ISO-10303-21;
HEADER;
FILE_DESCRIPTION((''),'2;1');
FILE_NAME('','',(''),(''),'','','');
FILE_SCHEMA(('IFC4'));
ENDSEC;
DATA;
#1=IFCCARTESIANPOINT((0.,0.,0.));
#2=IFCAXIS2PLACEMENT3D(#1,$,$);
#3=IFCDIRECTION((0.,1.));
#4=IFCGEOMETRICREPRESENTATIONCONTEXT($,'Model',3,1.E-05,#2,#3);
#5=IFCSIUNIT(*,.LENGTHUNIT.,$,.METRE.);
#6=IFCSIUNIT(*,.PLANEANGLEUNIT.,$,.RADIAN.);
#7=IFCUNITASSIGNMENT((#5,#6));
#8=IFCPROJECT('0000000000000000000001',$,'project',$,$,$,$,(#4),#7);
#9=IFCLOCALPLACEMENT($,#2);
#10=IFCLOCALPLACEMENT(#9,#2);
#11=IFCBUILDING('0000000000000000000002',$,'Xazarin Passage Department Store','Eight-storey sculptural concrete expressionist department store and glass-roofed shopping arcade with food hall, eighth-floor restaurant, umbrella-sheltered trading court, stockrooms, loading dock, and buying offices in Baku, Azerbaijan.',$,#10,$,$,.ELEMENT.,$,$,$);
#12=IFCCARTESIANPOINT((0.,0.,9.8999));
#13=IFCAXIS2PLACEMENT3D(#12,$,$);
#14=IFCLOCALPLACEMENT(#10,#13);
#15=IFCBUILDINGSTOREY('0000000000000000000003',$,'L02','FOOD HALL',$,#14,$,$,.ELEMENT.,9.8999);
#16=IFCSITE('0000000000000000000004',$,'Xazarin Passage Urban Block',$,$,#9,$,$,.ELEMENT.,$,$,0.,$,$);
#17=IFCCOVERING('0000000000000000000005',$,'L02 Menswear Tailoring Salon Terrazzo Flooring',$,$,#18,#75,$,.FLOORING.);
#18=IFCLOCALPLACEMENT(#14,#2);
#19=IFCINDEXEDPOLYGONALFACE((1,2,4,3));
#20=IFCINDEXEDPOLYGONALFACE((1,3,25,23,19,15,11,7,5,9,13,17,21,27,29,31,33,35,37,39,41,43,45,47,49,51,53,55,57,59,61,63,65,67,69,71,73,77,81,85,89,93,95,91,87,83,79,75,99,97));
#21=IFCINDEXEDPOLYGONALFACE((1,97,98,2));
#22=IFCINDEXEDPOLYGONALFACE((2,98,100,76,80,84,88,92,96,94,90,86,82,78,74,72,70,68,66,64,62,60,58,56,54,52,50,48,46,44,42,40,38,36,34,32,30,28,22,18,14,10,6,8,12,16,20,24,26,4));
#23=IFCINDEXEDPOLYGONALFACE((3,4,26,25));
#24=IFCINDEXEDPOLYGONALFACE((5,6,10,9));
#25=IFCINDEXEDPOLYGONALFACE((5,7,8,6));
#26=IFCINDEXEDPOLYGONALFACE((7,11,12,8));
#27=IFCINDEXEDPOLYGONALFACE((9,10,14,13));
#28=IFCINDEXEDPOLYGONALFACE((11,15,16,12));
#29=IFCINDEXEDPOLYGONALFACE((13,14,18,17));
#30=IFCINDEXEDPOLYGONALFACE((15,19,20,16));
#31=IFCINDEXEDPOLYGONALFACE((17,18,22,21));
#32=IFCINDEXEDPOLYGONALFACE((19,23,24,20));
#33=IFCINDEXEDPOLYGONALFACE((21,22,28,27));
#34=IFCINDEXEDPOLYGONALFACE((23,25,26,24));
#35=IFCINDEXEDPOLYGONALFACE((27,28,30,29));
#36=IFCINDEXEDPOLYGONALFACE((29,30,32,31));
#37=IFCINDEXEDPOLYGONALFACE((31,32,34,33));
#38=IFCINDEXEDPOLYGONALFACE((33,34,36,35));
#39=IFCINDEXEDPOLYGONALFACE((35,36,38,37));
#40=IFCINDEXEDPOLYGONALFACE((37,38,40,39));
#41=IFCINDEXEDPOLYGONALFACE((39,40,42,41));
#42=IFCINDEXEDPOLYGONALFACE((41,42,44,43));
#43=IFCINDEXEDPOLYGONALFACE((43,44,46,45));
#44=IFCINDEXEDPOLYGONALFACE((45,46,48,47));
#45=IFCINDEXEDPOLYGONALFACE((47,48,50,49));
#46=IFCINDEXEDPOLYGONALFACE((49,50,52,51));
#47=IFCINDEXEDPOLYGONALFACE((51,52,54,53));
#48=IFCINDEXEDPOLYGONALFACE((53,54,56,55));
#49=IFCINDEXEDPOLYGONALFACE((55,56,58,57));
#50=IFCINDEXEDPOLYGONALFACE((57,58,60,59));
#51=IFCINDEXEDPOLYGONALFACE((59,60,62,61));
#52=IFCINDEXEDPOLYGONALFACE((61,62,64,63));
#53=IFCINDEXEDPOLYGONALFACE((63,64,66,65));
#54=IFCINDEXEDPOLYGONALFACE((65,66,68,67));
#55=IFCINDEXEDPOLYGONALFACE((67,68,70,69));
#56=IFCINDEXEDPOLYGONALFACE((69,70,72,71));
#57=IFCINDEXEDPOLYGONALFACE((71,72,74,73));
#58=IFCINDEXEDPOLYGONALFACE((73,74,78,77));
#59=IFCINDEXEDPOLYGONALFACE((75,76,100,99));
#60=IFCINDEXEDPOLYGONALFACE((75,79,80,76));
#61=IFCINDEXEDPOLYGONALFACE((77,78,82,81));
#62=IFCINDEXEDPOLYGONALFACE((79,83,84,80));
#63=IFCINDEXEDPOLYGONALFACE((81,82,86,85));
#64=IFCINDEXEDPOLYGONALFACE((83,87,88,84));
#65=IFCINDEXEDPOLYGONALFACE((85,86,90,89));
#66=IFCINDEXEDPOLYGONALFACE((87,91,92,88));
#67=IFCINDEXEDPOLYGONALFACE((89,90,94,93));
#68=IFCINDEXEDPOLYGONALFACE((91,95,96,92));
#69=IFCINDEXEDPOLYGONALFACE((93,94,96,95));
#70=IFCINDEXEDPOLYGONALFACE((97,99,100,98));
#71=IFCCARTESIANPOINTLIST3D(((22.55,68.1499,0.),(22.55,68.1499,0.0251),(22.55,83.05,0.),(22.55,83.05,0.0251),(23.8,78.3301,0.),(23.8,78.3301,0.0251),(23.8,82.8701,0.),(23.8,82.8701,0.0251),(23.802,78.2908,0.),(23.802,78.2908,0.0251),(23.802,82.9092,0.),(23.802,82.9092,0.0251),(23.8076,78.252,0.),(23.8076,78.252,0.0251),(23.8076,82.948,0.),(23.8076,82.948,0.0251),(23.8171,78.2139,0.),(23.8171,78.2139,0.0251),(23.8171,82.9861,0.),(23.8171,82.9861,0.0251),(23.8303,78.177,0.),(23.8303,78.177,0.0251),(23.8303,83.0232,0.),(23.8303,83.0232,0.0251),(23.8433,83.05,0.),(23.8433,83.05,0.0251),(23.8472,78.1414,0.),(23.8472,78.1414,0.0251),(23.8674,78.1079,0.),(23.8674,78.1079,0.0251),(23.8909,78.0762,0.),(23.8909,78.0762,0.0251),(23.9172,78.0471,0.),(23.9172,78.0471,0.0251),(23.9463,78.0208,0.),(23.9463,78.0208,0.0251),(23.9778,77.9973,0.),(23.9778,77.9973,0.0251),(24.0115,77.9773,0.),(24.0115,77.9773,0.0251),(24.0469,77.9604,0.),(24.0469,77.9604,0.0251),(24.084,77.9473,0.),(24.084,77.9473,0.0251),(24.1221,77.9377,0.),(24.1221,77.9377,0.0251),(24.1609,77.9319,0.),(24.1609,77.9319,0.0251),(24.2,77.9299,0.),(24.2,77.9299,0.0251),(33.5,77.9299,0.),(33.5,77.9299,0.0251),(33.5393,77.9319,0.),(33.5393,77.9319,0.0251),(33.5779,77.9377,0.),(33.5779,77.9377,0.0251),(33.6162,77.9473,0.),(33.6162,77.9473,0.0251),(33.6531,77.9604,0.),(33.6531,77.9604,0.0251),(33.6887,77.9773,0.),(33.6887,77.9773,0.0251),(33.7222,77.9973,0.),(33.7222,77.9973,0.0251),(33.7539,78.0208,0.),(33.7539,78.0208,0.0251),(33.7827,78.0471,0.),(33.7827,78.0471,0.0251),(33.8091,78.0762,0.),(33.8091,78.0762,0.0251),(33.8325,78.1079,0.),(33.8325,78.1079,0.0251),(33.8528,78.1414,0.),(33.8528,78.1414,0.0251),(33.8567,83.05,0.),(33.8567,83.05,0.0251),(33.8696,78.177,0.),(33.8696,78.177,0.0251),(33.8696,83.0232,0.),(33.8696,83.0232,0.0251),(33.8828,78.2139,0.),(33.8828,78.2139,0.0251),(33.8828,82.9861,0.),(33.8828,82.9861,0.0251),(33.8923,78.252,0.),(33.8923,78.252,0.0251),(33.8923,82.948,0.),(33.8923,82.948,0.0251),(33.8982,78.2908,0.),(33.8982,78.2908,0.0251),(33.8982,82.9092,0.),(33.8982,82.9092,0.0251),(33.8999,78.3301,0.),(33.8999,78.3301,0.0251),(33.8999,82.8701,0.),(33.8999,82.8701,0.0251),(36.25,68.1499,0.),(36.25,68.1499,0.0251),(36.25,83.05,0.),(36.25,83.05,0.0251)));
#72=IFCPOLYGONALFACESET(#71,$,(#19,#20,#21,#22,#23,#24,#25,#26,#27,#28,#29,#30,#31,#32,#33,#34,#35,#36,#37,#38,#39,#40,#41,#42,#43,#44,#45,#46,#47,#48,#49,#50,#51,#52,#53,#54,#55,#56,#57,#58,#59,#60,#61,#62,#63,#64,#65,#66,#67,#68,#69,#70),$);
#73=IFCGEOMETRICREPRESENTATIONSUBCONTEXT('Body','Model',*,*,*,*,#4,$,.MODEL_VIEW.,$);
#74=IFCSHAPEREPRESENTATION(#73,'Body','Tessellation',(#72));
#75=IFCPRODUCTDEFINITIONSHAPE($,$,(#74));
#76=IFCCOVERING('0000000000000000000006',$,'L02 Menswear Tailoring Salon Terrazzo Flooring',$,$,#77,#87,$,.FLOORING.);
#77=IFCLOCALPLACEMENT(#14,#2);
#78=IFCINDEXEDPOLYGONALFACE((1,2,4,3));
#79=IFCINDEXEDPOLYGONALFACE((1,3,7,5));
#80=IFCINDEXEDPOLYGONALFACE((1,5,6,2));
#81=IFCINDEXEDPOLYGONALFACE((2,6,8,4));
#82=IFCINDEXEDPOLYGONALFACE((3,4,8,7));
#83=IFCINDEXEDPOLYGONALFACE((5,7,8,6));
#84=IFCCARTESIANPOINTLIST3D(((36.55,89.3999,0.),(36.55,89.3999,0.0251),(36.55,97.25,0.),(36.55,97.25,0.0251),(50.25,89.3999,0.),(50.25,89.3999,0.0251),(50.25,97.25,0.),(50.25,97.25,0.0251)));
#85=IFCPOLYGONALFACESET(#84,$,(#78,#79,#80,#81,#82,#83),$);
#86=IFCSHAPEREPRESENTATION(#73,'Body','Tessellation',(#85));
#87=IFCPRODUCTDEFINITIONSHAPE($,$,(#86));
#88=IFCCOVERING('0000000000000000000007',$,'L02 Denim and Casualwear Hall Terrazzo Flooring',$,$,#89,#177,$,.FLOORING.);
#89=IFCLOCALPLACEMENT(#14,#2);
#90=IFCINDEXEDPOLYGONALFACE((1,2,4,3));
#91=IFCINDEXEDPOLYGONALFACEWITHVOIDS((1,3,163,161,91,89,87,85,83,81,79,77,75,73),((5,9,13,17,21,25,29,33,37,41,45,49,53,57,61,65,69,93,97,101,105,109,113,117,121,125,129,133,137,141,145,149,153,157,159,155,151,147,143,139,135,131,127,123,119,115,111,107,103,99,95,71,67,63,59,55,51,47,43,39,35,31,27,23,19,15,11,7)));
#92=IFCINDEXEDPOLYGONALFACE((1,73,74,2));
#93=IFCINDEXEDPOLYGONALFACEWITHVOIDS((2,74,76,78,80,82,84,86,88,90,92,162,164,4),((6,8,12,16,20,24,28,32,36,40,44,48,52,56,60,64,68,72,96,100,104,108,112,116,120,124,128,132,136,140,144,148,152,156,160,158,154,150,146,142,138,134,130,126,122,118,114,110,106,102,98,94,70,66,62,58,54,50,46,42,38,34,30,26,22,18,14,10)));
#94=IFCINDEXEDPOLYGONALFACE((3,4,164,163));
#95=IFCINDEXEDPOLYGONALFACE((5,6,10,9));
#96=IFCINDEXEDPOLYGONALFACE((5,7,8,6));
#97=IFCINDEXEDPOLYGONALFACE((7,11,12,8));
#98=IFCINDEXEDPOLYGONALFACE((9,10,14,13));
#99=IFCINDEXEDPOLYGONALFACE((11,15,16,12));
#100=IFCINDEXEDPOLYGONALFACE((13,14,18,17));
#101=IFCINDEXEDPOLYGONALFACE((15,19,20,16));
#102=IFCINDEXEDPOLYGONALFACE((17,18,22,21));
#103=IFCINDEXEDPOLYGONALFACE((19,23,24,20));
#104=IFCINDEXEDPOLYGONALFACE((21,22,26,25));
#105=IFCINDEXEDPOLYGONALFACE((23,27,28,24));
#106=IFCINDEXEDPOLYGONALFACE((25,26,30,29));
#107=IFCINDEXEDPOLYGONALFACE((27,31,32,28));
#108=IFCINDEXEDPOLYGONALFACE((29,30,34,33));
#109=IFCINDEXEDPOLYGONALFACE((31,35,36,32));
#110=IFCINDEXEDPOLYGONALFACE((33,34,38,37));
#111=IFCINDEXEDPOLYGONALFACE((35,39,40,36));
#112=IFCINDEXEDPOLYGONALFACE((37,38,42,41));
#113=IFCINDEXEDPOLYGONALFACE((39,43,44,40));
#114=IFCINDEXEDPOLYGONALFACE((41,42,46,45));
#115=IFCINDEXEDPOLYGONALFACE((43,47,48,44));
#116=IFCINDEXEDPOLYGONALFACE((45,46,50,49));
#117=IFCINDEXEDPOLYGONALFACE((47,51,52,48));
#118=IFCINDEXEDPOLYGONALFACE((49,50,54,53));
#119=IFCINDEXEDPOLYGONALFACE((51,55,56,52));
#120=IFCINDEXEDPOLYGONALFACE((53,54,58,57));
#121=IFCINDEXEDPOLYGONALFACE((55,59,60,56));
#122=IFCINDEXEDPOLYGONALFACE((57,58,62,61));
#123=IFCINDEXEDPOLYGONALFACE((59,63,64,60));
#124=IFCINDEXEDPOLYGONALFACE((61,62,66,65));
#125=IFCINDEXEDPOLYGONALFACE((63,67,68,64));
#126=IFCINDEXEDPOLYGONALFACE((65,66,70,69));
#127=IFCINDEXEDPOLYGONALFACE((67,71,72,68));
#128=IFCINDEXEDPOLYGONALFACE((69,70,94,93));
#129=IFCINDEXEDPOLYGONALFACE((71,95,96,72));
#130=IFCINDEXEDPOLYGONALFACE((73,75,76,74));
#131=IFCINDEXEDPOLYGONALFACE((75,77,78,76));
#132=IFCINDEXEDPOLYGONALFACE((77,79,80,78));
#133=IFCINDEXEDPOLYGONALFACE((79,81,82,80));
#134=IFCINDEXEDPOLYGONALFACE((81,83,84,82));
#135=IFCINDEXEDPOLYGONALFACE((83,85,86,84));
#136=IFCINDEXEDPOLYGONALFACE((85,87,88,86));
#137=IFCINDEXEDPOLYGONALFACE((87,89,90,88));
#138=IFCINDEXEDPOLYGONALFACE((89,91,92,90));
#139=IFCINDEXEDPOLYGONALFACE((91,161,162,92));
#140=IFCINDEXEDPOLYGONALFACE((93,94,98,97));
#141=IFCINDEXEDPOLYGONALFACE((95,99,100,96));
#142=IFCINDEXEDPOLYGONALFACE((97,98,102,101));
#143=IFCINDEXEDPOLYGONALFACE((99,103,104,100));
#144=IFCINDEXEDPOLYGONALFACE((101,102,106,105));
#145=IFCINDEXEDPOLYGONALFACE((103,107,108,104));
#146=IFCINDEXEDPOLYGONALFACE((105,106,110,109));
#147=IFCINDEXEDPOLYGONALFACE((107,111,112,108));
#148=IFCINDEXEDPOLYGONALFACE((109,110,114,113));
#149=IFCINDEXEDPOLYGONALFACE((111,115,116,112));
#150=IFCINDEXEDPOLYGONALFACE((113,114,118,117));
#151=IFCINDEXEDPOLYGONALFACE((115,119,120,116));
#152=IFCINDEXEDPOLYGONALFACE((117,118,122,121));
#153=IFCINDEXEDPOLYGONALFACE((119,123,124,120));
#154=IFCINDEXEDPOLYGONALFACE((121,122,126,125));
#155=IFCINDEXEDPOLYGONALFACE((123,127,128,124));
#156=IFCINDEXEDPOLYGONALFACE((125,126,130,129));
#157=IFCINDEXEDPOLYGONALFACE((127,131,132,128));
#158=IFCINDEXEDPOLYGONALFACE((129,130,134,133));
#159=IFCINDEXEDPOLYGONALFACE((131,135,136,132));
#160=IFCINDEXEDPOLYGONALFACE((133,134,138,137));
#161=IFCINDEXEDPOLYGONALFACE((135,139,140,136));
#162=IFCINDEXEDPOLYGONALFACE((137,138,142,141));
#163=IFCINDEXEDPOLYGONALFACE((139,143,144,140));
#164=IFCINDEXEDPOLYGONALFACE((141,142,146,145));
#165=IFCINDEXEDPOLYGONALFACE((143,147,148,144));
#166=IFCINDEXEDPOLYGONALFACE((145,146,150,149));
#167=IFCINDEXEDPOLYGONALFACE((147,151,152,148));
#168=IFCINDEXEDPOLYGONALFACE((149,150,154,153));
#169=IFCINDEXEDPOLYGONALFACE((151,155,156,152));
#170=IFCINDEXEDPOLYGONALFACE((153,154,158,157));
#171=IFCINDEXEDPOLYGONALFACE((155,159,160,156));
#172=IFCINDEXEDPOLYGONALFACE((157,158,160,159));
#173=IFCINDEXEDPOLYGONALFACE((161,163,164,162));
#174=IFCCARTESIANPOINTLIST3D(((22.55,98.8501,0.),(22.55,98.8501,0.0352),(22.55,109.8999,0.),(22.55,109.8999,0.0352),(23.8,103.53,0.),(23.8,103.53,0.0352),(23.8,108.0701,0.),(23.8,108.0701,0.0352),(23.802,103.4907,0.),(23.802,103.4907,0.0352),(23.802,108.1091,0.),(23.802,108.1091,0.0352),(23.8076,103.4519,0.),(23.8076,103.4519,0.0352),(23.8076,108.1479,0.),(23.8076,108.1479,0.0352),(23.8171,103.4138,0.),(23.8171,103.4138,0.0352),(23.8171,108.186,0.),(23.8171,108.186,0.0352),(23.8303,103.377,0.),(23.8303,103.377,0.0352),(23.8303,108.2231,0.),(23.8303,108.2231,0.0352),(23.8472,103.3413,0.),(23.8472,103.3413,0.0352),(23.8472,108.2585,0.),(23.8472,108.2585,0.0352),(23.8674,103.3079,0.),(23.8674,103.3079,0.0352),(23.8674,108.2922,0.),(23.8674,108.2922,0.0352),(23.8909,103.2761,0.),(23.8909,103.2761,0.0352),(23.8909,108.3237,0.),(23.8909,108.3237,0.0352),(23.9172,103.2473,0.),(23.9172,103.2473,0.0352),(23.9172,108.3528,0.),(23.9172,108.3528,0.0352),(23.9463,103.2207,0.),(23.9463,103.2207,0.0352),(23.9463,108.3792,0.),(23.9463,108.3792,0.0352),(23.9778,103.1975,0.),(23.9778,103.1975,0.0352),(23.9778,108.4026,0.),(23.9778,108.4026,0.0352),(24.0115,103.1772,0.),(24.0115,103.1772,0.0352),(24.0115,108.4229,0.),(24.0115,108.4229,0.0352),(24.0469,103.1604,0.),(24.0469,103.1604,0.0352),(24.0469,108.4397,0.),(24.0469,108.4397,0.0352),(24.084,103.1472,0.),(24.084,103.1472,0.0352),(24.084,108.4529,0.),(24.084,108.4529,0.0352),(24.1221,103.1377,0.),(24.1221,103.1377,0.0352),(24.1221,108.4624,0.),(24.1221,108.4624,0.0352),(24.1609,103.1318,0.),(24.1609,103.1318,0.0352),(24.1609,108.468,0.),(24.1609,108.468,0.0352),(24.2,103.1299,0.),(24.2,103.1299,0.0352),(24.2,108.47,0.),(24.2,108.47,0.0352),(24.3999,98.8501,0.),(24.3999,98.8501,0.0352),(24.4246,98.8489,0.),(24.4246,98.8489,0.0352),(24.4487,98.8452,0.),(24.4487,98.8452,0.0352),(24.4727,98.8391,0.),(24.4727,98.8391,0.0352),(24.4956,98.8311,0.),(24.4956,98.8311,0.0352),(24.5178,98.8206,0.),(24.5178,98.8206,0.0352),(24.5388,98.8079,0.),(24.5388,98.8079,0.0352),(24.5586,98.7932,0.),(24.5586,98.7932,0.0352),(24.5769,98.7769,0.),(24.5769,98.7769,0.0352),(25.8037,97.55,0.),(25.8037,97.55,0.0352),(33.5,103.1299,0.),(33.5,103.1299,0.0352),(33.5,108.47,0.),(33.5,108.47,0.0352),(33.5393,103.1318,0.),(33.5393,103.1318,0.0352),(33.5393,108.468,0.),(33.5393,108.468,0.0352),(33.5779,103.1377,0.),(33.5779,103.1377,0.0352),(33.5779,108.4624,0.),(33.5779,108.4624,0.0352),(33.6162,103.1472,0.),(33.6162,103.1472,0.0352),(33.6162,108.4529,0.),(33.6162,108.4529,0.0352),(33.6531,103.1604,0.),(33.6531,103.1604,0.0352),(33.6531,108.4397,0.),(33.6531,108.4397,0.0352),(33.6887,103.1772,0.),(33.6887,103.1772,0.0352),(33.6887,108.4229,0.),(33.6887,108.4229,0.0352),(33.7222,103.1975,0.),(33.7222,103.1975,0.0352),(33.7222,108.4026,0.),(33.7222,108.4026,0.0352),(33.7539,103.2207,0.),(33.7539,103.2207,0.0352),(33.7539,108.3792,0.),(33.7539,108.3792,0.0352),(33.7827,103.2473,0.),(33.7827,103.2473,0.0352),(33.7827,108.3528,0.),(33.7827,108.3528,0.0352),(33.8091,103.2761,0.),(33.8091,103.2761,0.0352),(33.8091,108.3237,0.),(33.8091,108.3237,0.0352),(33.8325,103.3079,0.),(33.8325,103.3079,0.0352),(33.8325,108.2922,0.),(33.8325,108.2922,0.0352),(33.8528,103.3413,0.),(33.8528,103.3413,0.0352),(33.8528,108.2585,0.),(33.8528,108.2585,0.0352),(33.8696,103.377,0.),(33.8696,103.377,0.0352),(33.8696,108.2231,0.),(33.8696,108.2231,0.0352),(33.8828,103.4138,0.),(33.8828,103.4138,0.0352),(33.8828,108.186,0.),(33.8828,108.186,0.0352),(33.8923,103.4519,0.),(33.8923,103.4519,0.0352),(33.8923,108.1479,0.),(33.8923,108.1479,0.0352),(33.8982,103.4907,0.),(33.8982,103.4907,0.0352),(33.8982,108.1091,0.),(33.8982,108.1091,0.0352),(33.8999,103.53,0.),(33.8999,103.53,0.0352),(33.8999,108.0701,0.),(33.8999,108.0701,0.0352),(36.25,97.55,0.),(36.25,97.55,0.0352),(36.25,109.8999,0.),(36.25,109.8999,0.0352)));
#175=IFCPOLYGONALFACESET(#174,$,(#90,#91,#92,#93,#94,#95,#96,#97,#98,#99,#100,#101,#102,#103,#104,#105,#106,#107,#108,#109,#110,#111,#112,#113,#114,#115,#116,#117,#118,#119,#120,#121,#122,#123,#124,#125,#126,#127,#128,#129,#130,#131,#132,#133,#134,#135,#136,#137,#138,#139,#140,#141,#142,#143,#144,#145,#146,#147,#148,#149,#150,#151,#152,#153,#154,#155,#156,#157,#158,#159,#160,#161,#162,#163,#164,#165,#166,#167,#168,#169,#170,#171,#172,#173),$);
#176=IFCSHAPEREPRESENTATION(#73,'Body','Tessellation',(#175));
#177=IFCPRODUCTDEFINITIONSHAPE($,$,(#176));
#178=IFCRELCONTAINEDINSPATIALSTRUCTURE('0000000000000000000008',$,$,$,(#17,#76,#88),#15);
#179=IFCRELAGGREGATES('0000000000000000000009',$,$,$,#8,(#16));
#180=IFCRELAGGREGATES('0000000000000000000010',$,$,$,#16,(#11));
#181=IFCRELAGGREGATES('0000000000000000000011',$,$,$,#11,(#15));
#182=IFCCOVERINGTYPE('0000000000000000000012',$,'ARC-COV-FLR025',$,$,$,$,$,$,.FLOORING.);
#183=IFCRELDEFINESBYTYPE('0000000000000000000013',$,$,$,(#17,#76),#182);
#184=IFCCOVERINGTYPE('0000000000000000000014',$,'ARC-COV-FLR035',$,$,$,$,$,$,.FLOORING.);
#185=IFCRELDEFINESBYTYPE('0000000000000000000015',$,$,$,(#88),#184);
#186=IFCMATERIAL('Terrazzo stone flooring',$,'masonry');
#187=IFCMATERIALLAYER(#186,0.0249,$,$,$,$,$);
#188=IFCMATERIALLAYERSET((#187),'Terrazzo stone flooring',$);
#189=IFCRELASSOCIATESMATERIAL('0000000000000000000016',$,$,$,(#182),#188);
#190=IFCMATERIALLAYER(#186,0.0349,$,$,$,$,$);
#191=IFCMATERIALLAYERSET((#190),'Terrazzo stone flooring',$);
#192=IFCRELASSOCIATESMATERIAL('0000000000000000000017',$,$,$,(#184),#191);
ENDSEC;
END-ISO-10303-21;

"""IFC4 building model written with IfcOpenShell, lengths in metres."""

from ifc_helpers import new_model, si_unit, direction, frame, origin, place, context, subcontext, project, spatial, polyline, outline, extrude, material, layer, layer_set, type_object, element, save


model = new_model("IFC4")

# Units and contexts
model_context = context("Model", 3, precision=1e-05, world=origin(), true_north=direction((0.0, 1.0)))
body_context = subcontext(model_context, "Body", "Model", "MODEL_VIEW")
ifc_project = project(units=[si_unit("LENGTHUNIT", "METRE"), si_unit("PLANEANGLEUNIT", "RADIAN")], contexts=[model_context])

# Site, building, storey
site_placement = place(None, origin())
site = spatial("IfcSite", under=ifc_project, at=site_placement, Name="Xazarin Passage Urban Block", CompositionType="ELEMENT", RefElevation=0.0)
building_placement = place(site_placement, origin())
building = spatial("IfcBuilding", under=site, at=building_placement, Name="Xazarin Passage Department Store", Description="Eight-storey sculptural concrete expressionist department store and glass-roofed shopping arcade with food hall, eighth-floor restaurant, umbrella-sheltered trading court, stockrooms, loading dock, and buying offices in Baku, Azerbaijan.", CompositionType="ELEMENT")
storey_placement = place(building_placement, frame((0.0, 0.0, 9.8999)))
storey = spatial("IfcBuildingStorey", under=building, at=storey_placement, Name="L02", Description="FOOD HALL", CompositionType="ELEMENT", Elevation=9.8999)

# Coverings
ifc_material_1 = material(Name="Terrazzo stone flooring", Category="masonry")
ifc_layer_1 = layer(ifc_material_1, 0.0249)
ifc_layer_set_1 = layer_set([ifc_layer_1], Name="Terrazzo stone flooring")
covering_type_1 = type_object("IfcCoveringType", Name="ARC-COV-FLR025", PredefinedType="FLOORING", material=ifc_layer_set_1)
covering_1_placement = place(storey_placement, origin())
element("IfcCovering", 1, at=covering_1_placement, inside=storey, type_object=covering_type_1, Name="L02 Menswear Tailoring Salon Terrazzo Flooring", PredefinedType="FLOORING", context=body_context, shape_type="SweptSolid", body=[
    extrude(outline(polyline([(33.8567, 83.05), (33.8696, 83.0232), (33.8828, 82.9861), (33.8923, 82.948), (33.8982, 82.9092), (33.8999, 82.8701), (33.8999, 78.3301), (33.8982, 78.2908), (33.8923, 78.252), (33.8828, 78.2139), (33.8696, 78.177), (33.8528, 78.1414), (33.8325, 78.1079), (33.8091, 78.0762), (33.7827, 78.0471), (33.7539, 78.0208), (33.7222, 77.9973), (33.6887, 77.9773), (33.6531, 77.9604), (33.6162, 77.9473), (33.5779, 77.9377), (33.5393, 77.9319), (33.5, 77.9299), (24.2, 77.9299), (24.1609, 77.9319), (24.1221, 77.9377), (24.084, 77.9473), (24.0469, 77.9604), (24.0115, 77.9773), (23.9778, 77.9973), (23.9463, 78.0208), (23.9172, 78.0471), (23.8909, 78.0762), (23.8674, 78.1079), (23.8472, 78.1414), (23.8303, 78.177), (23.8171, 78.2139), (23.8076, 78.252), (23.802, 78.2908), (23.8, 78.3301), (23.8, 82.8701), (23.802, 82.9092), (23.8076, 82.948), (23.8171, 82.9861), (23.8303, 83.0232), (23.8433, 83.05), (22.55, 83.05), (22.55, 68.1499), (36.25, 68.1499), (36.25, 83.05), (33.8567, 83.05)])), origin(), (0.0, 0.0, 1.0), 0.0251),
])
covering_2_placement = place(storey_placement, origin())
element("IfcCovering", 2, at=covering_2_placement, inside=storey, type_object=covering_type_1, Name="L02 Menswear Tailoring Salon Terrazzo Flooring", PredefinedType="FLOORING", context=body_context, shape_type="SweptSolid", body=[
    extrude(outline(polyline([(36.55, 89.3999), (50.25, 89.3999), (50.25, 97.25), (36.55, 97.25), (36.55, 89.3999)])), origin(), (0.0, 0.0, 1.0), 0.0251),
])
ifc_layer_2 = layer(ifc_material_1, 0.0349)
ifc_layer_set_2 = layer_set([ifc_layer_2], Name="Terrazzo stone flooring")
covering_type_2 = type_object("IfcCoveringType", Name="ARC-COV-FLR035", PredefinedType="FLOORING", material=ifc_layer_set_2)
covering_3_placement = place(storey_placement, origin())
element("IfcCovering", 3, at=covering_3_placement, inside=storey, type_object=covering_type_2, Name="L02 Denim and Casualwear Hall Terrazzo Flooring", PredefinedType="FLOORING", context=body_context, shape_type="SweptSolid", body=[
    extrude(outline(polyline([(24.5769, 98.7769), (25.8037, 97.55), (36.25, 97.55), (36.25, 109.8999), (22.55, 109.8999), (22.55, 98.8501), (24.3999, 98.8501), (24.4246, 98.8489), (24.4487, 98.8452), (24.4727, 98.8391), (24.4956, 98.8311), (24.5178, 98.8206), (24.5388, 98.8079), (24.5586, 98.7932), (24.5769, 98.7769)]), holes=[polyline([(33.8999, 103.53), (33.8982, 103.4907), (33.8923, 103.4519), (33.8828, 103.4138), (33.8696, 103.377), (33.8528, 103.3413), (33.8325, 103.3079), (33.8091, 103.2761), (33.7827, 103.2473), (33.7539, 103.2207), (33.7222, 103.1975), (33.6887, 103.1772), (33.6531, 103.1604), (33.6162, 103.1472), (33.5779, 103.1377), (33.5393, 103.1318), (33.5, 103.1299), (24.2, 103.1299), (24.1609, 103.1318), (24.1221, 103.1377), (24.084, 103.1472), (24.0469, 103.1604), (24.0115, 103.1772), (23.9778, 103.1975), (23.9463, 103.2207), (23.9172, 103.2473), (23.8909, 103.2761), (23.8674, 103.3079), (23.8472, 103.3413), (23.8303, 103.377), (23.8171, 103.4138), (23.8076, 103.4519), (23.802, 103.4907), (23.8, 103.53), (23.8, 108.0701), (23.802, 108.1091), (23.8076, 108.1479), (23.8171, 108.186), (23.8303, 108.2231), (23.8472, 108.2585), (23.8674, 108.2922), (23.8909, 108.3237), (23.9172, 108.3528), (23.9463, 108.3792), (23.9778, 108.4026), (24.0115, 108.4229), (24.0469, 108.4397), (24.084, 108.4529), (24.1221, 108.4624), (24.1609, 108.468), (24.2, 108.47), (33.5, 108.47), (33.5393, 108.468), (33.5779, 108.4624), (33.6162, 108.4529), (33.6531, 108.4397), (33.6887, 108.4229), (33.7222, 108.4026), (33.7539, 108.3792), (33.7827, 108.3528), (33.8091, 108.3237), (33.8325, 108.2922), (33.8528, 108.2585), (33.8696, 108.2231), (33.8828, 108.186), (33.8923, 108.1479), (33.8982, 108.1091), (33.8999, 108.0701), (33.8999, 103.53)])]), origin(), (0.0, 0.0, 1.0), 0.0352),
])

save(model, "model.ifc")
